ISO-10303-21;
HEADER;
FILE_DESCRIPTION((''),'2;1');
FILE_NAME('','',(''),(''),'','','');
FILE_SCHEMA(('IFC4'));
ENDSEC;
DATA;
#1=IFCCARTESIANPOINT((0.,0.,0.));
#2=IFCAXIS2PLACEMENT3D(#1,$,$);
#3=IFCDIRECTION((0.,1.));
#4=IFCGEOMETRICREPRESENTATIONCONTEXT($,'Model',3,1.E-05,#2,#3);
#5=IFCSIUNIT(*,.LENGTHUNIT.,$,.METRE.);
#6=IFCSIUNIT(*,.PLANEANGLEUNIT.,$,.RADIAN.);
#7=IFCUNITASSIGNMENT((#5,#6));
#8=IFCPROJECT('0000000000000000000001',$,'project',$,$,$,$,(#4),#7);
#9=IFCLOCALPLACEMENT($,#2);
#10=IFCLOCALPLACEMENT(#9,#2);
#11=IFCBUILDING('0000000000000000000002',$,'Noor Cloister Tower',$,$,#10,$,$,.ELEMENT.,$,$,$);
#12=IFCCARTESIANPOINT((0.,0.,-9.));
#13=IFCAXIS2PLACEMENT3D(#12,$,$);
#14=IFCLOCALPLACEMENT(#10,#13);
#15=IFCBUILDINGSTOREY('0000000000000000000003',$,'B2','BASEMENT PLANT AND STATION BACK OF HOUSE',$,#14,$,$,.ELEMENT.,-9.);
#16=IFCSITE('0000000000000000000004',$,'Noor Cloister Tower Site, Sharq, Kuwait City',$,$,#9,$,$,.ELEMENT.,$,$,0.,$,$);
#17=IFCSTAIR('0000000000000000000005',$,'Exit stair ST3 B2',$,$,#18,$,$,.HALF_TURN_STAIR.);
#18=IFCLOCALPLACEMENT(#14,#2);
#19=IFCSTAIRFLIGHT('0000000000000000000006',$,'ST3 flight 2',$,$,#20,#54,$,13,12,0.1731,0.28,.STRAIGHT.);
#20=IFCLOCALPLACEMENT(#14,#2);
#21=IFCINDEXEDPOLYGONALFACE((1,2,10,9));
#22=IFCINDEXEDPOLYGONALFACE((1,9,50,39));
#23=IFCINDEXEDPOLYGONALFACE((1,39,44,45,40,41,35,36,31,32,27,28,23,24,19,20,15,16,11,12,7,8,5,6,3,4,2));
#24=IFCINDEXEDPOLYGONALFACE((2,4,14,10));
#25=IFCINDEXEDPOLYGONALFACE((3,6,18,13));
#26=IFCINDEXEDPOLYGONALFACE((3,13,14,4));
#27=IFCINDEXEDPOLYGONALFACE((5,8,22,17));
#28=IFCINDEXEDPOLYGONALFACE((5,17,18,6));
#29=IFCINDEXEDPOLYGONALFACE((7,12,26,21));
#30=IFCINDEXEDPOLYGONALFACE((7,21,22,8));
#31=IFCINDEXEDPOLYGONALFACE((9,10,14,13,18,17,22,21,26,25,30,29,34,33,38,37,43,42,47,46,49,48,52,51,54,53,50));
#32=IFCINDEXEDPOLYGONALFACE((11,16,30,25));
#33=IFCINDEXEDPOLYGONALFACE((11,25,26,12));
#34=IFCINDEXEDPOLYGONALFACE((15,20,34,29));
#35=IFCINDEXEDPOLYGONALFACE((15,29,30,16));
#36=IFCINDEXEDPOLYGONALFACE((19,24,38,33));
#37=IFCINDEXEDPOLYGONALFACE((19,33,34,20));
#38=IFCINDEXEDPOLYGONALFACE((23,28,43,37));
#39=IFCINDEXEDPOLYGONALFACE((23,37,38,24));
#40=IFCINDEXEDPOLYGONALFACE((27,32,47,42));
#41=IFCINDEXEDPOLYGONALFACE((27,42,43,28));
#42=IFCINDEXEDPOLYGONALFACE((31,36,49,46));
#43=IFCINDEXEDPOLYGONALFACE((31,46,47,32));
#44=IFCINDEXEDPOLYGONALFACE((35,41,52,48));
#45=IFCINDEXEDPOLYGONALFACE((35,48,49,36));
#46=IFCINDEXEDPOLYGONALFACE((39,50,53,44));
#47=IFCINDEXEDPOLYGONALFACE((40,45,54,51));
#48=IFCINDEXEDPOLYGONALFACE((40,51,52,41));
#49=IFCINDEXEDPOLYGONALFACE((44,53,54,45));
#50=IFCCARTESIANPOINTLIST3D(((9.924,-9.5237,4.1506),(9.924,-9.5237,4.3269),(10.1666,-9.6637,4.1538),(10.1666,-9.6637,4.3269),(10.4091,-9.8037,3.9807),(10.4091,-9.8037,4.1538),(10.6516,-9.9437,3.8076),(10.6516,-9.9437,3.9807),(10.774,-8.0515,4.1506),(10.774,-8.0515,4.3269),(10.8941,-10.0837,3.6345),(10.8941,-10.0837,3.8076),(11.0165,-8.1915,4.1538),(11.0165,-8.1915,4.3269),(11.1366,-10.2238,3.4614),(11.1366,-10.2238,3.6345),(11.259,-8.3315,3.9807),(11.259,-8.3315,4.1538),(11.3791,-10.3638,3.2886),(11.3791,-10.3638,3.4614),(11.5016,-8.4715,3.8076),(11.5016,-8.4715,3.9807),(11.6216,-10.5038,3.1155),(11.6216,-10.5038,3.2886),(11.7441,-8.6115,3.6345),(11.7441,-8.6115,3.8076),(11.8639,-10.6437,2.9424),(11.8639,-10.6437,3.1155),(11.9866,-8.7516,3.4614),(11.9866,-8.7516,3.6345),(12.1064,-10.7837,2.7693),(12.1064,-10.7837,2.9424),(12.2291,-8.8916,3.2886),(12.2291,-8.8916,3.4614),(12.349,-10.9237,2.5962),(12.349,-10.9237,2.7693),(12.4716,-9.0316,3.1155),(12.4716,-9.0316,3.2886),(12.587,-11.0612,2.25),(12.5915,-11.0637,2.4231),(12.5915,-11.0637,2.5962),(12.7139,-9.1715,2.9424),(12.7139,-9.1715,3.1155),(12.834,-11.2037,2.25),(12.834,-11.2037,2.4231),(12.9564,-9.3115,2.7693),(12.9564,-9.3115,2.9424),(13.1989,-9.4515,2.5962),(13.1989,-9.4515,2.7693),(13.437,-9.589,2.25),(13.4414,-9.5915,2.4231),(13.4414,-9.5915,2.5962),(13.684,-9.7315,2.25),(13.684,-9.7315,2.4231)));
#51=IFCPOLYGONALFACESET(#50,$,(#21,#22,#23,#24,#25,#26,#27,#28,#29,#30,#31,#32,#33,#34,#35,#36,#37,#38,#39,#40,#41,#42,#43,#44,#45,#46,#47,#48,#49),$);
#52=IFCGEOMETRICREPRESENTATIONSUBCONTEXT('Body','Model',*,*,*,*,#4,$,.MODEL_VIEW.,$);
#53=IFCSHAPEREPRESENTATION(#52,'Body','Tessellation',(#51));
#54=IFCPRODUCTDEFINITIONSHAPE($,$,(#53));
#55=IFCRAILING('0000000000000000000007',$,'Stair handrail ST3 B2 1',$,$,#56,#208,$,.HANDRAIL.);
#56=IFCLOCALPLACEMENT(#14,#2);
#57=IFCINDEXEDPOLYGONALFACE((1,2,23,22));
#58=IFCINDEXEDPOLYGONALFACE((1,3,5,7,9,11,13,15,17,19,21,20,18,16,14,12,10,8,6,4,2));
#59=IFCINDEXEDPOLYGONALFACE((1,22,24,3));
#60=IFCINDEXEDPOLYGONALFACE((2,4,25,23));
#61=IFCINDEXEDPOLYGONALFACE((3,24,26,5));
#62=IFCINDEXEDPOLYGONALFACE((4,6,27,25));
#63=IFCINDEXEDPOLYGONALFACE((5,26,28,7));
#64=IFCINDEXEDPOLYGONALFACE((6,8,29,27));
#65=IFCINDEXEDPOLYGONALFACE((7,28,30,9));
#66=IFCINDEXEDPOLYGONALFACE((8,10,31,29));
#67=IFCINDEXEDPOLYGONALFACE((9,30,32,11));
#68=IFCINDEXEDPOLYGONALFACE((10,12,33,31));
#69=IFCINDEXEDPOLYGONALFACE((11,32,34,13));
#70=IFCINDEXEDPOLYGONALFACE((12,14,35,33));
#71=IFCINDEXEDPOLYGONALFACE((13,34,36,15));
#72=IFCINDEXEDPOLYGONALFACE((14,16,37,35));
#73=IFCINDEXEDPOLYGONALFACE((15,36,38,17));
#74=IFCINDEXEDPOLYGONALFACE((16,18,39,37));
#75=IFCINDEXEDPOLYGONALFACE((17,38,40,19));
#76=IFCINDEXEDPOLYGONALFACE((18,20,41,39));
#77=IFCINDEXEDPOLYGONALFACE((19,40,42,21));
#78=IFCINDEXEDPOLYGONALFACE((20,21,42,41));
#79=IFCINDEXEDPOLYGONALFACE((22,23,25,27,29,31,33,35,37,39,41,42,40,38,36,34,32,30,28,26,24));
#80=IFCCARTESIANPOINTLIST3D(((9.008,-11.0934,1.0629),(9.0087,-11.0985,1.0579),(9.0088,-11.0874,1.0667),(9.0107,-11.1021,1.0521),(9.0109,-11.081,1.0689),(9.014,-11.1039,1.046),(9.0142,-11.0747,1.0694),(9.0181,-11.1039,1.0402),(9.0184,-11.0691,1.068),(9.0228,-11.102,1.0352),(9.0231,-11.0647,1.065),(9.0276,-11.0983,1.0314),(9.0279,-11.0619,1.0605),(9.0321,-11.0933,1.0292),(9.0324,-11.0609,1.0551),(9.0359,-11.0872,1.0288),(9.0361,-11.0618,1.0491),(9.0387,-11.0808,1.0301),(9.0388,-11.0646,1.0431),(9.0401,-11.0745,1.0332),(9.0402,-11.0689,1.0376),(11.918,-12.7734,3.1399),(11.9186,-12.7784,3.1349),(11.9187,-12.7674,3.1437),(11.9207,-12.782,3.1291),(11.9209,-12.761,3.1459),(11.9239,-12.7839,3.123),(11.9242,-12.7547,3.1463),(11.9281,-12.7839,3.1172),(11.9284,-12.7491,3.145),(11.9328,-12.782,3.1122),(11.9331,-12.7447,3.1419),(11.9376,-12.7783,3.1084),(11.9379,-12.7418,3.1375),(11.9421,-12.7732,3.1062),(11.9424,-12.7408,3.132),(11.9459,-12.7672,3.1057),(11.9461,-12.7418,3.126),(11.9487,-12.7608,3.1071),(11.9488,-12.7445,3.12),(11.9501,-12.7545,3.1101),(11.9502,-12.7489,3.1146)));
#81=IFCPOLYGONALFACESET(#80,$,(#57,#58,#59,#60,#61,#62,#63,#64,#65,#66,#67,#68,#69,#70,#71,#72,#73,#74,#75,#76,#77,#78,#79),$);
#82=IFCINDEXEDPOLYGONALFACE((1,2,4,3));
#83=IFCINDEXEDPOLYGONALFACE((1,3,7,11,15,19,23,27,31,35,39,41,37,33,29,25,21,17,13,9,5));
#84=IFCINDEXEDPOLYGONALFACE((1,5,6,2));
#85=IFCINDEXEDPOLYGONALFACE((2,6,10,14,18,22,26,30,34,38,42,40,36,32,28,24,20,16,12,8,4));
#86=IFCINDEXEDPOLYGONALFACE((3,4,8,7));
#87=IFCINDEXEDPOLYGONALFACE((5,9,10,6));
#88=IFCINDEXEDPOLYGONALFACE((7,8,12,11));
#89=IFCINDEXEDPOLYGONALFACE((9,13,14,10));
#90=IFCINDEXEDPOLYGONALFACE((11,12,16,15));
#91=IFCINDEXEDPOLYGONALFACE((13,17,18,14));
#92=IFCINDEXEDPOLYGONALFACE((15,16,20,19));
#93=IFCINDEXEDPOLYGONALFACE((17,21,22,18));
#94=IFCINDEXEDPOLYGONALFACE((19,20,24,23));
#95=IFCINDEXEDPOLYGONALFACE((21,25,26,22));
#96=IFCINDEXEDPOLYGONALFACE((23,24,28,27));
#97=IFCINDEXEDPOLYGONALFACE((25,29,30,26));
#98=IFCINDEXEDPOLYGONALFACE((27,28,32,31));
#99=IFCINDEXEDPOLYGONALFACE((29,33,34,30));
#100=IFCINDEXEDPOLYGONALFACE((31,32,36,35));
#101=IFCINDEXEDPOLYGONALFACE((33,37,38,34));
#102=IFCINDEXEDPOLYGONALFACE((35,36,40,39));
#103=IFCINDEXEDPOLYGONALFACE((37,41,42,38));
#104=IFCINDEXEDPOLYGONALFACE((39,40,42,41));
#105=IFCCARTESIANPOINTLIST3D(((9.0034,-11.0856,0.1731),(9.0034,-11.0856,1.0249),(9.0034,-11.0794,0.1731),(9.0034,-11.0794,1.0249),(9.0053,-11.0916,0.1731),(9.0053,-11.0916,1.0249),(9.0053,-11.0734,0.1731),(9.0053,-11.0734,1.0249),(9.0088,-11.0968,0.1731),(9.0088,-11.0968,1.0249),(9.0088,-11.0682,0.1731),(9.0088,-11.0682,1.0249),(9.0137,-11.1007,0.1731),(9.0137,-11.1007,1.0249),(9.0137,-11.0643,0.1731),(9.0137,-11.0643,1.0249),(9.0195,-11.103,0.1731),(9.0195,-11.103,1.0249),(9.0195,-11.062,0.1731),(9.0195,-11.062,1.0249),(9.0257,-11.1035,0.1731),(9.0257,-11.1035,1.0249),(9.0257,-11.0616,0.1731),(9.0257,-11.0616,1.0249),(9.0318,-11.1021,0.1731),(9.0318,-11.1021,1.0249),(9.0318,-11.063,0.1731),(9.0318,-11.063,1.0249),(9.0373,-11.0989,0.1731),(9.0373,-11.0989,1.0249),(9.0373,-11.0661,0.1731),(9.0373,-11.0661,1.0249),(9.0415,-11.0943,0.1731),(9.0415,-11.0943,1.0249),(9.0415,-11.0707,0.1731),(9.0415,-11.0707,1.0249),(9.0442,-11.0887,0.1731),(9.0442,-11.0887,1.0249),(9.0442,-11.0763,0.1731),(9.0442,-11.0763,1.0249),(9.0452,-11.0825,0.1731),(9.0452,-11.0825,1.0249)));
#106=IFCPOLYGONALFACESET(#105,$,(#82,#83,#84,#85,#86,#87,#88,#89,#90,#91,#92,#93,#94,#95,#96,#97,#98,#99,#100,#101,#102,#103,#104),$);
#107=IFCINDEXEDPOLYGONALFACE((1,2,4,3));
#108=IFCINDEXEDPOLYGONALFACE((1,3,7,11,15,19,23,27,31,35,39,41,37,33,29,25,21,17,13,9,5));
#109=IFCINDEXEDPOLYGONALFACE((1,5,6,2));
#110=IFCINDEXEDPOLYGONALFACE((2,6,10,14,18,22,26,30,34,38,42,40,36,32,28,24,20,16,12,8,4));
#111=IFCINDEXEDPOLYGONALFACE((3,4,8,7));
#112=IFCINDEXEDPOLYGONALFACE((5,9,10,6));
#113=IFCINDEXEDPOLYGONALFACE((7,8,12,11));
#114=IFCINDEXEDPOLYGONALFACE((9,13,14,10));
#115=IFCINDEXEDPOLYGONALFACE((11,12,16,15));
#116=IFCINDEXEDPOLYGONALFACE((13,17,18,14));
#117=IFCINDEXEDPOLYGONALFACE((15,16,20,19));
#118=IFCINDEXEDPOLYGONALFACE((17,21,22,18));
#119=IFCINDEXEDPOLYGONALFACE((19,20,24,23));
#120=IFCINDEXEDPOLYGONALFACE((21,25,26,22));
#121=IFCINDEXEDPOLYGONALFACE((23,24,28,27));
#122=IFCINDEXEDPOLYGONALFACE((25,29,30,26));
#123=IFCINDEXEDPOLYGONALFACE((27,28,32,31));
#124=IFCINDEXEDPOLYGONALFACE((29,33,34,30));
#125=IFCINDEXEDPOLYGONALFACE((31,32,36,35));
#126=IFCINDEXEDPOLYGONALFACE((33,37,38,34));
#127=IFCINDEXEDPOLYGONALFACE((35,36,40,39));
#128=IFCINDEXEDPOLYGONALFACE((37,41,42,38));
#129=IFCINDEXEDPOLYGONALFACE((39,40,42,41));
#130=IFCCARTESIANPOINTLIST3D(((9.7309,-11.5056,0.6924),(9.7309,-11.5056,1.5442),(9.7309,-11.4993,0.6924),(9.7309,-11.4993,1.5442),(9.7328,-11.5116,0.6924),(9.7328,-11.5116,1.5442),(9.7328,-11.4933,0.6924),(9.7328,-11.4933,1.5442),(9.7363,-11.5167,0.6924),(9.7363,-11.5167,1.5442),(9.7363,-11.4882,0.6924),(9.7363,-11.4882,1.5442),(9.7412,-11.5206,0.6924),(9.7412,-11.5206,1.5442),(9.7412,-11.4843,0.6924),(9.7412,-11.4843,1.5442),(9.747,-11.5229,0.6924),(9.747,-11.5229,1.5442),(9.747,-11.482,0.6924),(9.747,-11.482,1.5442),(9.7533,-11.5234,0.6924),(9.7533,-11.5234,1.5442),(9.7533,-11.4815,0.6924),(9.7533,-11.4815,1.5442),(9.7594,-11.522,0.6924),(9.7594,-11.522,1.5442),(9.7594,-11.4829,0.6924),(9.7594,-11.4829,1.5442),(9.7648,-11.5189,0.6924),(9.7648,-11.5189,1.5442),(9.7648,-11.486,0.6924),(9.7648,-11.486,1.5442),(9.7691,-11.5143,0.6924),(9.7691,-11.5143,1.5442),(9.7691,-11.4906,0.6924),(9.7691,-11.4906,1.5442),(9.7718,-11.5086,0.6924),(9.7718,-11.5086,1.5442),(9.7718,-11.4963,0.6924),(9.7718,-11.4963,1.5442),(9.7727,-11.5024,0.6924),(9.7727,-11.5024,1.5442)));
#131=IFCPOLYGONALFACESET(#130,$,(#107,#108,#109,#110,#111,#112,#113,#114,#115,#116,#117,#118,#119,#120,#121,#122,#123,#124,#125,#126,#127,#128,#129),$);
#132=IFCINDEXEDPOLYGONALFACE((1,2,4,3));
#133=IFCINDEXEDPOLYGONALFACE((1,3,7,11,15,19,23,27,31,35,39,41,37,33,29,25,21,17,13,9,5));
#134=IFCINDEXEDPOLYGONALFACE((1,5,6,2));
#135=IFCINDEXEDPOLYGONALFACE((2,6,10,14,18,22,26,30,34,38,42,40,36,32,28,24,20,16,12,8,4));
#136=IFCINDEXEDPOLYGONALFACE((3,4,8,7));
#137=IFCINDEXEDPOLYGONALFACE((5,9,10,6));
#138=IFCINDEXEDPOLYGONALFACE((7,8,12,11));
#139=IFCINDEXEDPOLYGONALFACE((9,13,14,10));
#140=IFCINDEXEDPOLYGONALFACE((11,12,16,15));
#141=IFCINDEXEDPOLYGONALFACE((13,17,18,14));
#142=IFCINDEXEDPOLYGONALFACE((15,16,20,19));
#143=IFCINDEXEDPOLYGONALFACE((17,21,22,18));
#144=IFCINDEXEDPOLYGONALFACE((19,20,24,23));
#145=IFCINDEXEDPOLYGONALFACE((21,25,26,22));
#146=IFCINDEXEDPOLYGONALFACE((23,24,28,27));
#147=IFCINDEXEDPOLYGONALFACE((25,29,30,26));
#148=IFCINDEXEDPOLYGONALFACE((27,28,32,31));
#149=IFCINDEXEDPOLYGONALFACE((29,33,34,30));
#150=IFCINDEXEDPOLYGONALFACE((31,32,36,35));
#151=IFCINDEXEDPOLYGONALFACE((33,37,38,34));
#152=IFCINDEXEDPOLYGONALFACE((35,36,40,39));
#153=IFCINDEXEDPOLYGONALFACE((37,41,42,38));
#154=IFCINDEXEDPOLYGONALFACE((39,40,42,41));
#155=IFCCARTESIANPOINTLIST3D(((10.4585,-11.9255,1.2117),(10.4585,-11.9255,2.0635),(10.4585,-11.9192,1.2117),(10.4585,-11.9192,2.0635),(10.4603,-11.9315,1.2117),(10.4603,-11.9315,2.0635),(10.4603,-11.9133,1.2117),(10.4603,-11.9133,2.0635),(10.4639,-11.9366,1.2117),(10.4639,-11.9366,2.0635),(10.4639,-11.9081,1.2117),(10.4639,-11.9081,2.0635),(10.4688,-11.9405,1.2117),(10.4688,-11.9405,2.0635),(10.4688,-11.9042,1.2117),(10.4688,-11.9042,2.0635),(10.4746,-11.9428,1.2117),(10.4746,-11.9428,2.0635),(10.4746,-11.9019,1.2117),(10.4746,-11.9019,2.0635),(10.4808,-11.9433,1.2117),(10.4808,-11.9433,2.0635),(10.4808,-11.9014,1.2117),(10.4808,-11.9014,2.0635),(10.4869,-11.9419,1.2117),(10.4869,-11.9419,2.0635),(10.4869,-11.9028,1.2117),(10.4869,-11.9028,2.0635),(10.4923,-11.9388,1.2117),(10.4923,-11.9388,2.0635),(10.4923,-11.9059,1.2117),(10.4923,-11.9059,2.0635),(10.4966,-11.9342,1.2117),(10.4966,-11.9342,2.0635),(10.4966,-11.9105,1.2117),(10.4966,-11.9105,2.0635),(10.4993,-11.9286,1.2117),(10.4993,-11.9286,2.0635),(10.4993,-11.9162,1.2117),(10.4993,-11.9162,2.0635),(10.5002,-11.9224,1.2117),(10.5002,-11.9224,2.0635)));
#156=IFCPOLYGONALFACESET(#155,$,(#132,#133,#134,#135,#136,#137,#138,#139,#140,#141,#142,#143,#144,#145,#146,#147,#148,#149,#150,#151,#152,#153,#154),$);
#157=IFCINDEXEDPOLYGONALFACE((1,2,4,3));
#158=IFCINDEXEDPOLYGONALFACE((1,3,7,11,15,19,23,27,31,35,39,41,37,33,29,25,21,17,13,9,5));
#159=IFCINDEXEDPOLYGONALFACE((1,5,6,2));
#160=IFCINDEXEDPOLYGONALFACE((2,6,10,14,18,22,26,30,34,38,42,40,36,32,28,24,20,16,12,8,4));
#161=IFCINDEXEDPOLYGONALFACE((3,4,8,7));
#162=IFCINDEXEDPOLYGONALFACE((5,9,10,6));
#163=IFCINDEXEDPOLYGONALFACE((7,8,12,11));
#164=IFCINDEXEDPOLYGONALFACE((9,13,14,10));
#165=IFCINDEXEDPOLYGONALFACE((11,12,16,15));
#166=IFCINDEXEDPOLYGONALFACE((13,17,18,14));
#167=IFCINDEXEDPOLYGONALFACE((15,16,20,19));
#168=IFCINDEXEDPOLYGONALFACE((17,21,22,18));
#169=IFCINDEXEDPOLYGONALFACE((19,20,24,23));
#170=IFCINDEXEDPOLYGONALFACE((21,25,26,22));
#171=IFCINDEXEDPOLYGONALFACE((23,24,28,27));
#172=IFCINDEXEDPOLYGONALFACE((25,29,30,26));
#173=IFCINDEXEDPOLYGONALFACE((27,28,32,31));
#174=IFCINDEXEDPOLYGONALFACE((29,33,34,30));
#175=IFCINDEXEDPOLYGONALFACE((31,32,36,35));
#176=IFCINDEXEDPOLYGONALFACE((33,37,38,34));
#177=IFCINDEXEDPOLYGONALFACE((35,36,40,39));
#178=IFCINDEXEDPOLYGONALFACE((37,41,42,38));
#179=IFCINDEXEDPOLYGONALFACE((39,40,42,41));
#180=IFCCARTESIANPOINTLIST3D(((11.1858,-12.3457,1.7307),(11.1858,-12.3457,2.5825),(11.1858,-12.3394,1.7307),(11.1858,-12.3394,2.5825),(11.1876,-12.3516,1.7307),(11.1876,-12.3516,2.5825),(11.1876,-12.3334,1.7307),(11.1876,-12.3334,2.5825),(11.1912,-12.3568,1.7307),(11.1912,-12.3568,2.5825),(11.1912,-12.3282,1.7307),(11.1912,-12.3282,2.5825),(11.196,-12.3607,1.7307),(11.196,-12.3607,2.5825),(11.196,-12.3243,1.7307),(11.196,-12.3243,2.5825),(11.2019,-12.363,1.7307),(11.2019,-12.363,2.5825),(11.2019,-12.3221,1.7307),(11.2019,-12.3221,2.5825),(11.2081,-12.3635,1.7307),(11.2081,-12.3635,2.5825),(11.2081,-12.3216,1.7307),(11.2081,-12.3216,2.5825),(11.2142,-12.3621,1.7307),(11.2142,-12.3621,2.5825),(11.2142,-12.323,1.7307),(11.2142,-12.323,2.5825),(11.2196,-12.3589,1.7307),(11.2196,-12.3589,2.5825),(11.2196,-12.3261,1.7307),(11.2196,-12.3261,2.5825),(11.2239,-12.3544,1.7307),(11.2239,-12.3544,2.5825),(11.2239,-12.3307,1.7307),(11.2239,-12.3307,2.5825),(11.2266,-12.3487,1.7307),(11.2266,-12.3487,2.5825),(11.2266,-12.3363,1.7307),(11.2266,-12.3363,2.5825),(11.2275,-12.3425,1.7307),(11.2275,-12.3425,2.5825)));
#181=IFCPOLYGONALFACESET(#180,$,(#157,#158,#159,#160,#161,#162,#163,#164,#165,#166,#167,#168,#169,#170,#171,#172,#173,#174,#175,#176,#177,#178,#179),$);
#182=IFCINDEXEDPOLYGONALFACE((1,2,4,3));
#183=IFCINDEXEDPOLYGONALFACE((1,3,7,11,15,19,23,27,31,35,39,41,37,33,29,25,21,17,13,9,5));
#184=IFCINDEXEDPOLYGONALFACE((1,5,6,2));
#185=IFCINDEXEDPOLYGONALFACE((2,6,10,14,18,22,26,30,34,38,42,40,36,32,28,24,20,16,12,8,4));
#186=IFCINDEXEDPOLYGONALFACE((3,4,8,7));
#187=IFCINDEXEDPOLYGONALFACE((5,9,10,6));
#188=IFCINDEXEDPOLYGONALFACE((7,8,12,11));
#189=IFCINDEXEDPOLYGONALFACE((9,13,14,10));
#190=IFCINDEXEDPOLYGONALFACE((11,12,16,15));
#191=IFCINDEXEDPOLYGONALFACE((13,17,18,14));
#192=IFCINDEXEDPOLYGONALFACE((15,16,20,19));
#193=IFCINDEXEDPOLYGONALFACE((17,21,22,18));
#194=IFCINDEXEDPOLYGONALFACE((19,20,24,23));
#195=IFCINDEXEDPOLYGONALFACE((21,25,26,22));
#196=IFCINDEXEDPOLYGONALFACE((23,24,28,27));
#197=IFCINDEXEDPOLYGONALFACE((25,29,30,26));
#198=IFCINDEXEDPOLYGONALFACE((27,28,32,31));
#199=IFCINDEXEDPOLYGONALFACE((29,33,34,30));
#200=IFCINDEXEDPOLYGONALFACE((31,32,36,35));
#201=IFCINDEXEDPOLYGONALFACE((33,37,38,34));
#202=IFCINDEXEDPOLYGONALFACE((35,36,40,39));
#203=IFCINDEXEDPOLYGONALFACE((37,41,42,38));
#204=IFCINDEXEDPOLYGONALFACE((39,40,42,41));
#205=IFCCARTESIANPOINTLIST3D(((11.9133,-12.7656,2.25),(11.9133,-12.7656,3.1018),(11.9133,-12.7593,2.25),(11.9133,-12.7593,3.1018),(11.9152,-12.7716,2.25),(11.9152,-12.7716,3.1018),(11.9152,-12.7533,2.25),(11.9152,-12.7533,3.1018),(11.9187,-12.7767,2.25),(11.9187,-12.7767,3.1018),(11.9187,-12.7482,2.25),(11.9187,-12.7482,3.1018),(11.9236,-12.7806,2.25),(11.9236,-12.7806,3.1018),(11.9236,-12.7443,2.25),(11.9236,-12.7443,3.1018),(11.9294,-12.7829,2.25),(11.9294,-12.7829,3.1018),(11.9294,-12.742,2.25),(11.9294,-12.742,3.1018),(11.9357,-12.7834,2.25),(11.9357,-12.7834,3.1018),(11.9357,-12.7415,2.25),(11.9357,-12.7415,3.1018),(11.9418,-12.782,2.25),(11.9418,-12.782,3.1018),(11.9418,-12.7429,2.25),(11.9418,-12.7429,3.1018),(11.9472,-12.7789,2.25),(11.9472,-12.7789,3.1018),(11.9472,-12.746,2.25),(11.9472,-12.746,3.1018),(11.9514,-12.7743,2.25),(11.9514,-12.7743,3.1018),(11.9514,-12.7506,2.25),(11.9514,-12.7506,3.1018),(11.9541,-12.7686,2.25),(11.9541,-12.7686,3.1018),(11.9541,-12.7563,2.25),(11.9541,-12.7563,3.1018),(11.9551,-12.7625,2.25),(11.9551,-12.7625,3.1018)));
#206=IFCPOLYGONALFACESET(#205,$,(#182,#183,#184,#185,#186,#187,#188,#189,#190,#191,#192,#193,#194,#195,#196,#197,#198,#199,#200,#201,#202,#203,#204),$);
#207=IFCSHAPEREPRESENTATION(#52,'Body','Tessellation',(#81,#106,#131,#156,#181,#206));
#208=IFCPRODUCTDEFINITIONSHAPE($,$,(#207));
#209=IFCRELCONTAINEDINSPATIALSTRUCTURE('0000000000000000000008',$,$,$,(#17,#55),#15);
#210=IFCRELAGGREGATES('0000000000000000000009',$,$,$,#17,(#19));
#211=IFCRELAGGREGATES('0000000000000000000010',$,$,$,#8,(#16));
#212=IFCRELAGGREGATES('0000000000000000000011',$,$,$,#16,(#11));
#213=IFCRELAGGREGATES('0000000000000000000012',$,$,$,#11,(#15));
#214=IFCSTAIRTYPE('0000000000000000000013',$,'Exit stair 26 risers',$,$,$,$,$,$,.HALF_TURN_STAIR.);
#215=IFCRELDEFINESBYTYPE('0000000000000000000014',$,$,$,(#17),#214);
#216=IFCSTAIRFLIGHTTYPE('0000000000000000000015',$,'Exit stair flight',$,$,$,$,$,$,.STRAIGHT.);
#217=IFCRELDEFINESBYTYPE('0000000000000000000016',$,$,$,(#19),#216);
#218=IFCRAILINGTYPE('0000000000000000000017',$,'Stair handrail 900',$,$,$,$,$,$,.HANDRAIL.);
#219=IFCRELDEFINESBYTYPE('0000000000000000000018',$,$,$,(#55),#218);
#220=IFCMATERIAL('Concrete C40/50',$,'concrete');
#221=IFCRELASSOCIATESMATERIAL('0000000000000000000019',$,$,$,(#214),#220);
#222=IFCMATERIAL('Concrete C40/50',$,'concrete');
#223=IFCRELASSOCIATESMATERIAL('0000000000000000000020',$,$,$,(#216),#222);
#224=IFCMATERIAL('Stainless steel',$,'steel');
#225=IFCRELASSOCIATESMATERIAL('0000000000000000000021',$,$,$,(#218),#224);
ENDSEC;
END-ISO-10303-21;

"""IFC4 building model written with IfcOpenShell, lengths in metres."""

from ifc_helpers import new_model, si_unit, direction, frame, origin, origin_2d, place, context, subcontext, project, spatial, polyline, circle, outline, extrude, material, type_object, element, aggregate, save


model = new_model("IFC4")

# Units and contexts
model_context = context("Model", 3, precision=1e-05, world=origin(), true_north=direction((0.0, 1.0)))
body_context = subcontext(model_context, "Body", "Model", "MODEL_VIEW")
ifc_project = project(units=[si_unit("LENGTHUNIT", "METRE"), si_unit("PLANEANGLEUNIT", "RADIAN")], contexts=[model_context])

# Site, building, storey
site_placement = place(None, origin())
site = spatial("IfcSite", under=ifc_project, at=site_placement, Name="Noor Cloister Tower Site, Sharq, Kuwait City", CompositionType="ELEMENT", RefElevation=0.0)
building_placement = place(site_placement, origin())
building = spatial("IfcBuilding", under=site, at=building_placement, Name="Noor Cloister Tower", CompositionType="ELEMENT")
storey_placement = place(building_placement, frame((0.0, 0.0, -9.0)))
storey = spatial("IfcBuildingStorey", under=building, at=storey_placement, Name="B2", Description="BASEMENT PLANT AND STATION BACK OF HOUSE", CompositionType="ELEMENT", Elevation=-9.0)

# Stair, stair flight
ifc_material_1 = material(Name="Concrete C40/50", Category="concrete")
stair_type = type_object("IfcStairType", Name="Exit stair 26 risers", PredefinedType="HALF_TURN_STAIR", material=ifc_material_1)
stair_placement = place(storey_placement, origin())
stair = element("IfcStair", 1, at=stair_placement, inside=storey, type_object=stair_type, Name="Exit stair ST3 B2", PredefinedType="HALF_TURN_STAIR")
ifc_material_2 = material(Name="Concrete C40/50", Category="concrete")
stair_flight_type = type_object("IfcStairFlightType", Name="Exit stair flight", PredefinedType="STRAIGHT", material=ifc_material_2)
stair_flight_placement = place(storey_placement, frame((13.259, -10.4675, 2.25), z_axis=(0.0, 0.0, 1.0), x_axis=(-0.866025, 0.5, 0.0)))
stair_flight = element("IfcStairFlight", 2, at=stair_flight_placement, type_object=stair_flight_type, Name="ST3 flight 2", NumberOfRisers=13, NumberOfTreads=12, PredefinedType="STRAIGHT", RiserHeight=0.1731, TreadLength=0.28, context=body_context, shape_type="SweptSolid", body=[
    extrude(outline(polyline([(0.0, 0.0), (0.0, 0.1731), (0.28, 0.1731), (0.28, 0.3462), (0.5601, 0.3462), (0.5601, 0.5193), (0.8401, 0.5193), (0.8401, 0.6924), (1.1201, 0.6924), (1.1201, 0.8655), (1.3999, 0.8655), (1.3999, 1.0386), (1.6799, 1.0386), (1.6799, 1.2114), (1.96, 1.2114), (1.96, 1.3845), (2.24, 1.3845), (2.24, 1.5576), (2.52, 1.5576), (2.52, 1.7307), (2.8, 1.7307), (2.8, 1.9038), (3.0801, 1.9038), (3.0801, 2.0769), (3.3601, 2.0769), (3.3601, 2.25), (3.3601, 1.9006), (0.2852, 0.0), (0.0, 0.0)])), frame((0.0, 0.8501, 0.0), z_axis=(0.0, -1.0, 0.0), x_axis=(1.0, 0.0, 0.0)), (0.0, 0.0, 1.0), 1.7),
])
aggregate(stair, [stair_flight])

# Railing
ifc_material_3 = material(Name="Stainless steel", Category="steel")
railing_type = type_object("IfcRailingType", Name="Stair handrail 900", PredefinedType="HANDRAIL", material=ifc_material_3)
railing_placement = place(storey_placement, frame((9.0242, -11.0825, 0.1731)))
element("IfcRailing", 3, at=railing_placement, inside=storey, type_object=railing_type, Name="Stair handrail ST3 B2 1", PredefinedType="HANDRAIL", context=body_context, shape_type="SweptSolid", body=[
    extrude(circle(Radius=0.0239, at=origin_2d()), frame((0.0, 0.0, 0.876), z_axis=(0.736668, -0.425288, 0.525785), x_axis=(0.499976, 0.866039, 0.0)), (0.0, 0.0, 1.0), 3.9502),
    extrude(circle(Radius=0.021, at=origin_2d()), origin(), (0.0, 0.0, 1.0), 0.8518),
    extrude(circle(Radius=0.021, at=origin_2d()), frame((0.7275, -0.4199, 0.5193)), (0.0, 0.0, 1.0), 0.8518),
    extrude(circle(Radius=0.021, at=origin_2d()), frame((1.4551, -0.8398, 1.0386)), (0.0, 0.0, 1.0), 0.8518),
    extrude(circle(Radius=0.021, at=origin_2d()), frame((2.1824, -1.26, 1.5576)), (0.0, 0.0, 1.0), 0.8518),
    extrude(circle(Radius=0.021, at=origin_2d()), frame((2.9099, -1.6799, 2.0769)), (0.0, 0.0, 1.0), 0.8518),
])

save(model, "model.ifc")
